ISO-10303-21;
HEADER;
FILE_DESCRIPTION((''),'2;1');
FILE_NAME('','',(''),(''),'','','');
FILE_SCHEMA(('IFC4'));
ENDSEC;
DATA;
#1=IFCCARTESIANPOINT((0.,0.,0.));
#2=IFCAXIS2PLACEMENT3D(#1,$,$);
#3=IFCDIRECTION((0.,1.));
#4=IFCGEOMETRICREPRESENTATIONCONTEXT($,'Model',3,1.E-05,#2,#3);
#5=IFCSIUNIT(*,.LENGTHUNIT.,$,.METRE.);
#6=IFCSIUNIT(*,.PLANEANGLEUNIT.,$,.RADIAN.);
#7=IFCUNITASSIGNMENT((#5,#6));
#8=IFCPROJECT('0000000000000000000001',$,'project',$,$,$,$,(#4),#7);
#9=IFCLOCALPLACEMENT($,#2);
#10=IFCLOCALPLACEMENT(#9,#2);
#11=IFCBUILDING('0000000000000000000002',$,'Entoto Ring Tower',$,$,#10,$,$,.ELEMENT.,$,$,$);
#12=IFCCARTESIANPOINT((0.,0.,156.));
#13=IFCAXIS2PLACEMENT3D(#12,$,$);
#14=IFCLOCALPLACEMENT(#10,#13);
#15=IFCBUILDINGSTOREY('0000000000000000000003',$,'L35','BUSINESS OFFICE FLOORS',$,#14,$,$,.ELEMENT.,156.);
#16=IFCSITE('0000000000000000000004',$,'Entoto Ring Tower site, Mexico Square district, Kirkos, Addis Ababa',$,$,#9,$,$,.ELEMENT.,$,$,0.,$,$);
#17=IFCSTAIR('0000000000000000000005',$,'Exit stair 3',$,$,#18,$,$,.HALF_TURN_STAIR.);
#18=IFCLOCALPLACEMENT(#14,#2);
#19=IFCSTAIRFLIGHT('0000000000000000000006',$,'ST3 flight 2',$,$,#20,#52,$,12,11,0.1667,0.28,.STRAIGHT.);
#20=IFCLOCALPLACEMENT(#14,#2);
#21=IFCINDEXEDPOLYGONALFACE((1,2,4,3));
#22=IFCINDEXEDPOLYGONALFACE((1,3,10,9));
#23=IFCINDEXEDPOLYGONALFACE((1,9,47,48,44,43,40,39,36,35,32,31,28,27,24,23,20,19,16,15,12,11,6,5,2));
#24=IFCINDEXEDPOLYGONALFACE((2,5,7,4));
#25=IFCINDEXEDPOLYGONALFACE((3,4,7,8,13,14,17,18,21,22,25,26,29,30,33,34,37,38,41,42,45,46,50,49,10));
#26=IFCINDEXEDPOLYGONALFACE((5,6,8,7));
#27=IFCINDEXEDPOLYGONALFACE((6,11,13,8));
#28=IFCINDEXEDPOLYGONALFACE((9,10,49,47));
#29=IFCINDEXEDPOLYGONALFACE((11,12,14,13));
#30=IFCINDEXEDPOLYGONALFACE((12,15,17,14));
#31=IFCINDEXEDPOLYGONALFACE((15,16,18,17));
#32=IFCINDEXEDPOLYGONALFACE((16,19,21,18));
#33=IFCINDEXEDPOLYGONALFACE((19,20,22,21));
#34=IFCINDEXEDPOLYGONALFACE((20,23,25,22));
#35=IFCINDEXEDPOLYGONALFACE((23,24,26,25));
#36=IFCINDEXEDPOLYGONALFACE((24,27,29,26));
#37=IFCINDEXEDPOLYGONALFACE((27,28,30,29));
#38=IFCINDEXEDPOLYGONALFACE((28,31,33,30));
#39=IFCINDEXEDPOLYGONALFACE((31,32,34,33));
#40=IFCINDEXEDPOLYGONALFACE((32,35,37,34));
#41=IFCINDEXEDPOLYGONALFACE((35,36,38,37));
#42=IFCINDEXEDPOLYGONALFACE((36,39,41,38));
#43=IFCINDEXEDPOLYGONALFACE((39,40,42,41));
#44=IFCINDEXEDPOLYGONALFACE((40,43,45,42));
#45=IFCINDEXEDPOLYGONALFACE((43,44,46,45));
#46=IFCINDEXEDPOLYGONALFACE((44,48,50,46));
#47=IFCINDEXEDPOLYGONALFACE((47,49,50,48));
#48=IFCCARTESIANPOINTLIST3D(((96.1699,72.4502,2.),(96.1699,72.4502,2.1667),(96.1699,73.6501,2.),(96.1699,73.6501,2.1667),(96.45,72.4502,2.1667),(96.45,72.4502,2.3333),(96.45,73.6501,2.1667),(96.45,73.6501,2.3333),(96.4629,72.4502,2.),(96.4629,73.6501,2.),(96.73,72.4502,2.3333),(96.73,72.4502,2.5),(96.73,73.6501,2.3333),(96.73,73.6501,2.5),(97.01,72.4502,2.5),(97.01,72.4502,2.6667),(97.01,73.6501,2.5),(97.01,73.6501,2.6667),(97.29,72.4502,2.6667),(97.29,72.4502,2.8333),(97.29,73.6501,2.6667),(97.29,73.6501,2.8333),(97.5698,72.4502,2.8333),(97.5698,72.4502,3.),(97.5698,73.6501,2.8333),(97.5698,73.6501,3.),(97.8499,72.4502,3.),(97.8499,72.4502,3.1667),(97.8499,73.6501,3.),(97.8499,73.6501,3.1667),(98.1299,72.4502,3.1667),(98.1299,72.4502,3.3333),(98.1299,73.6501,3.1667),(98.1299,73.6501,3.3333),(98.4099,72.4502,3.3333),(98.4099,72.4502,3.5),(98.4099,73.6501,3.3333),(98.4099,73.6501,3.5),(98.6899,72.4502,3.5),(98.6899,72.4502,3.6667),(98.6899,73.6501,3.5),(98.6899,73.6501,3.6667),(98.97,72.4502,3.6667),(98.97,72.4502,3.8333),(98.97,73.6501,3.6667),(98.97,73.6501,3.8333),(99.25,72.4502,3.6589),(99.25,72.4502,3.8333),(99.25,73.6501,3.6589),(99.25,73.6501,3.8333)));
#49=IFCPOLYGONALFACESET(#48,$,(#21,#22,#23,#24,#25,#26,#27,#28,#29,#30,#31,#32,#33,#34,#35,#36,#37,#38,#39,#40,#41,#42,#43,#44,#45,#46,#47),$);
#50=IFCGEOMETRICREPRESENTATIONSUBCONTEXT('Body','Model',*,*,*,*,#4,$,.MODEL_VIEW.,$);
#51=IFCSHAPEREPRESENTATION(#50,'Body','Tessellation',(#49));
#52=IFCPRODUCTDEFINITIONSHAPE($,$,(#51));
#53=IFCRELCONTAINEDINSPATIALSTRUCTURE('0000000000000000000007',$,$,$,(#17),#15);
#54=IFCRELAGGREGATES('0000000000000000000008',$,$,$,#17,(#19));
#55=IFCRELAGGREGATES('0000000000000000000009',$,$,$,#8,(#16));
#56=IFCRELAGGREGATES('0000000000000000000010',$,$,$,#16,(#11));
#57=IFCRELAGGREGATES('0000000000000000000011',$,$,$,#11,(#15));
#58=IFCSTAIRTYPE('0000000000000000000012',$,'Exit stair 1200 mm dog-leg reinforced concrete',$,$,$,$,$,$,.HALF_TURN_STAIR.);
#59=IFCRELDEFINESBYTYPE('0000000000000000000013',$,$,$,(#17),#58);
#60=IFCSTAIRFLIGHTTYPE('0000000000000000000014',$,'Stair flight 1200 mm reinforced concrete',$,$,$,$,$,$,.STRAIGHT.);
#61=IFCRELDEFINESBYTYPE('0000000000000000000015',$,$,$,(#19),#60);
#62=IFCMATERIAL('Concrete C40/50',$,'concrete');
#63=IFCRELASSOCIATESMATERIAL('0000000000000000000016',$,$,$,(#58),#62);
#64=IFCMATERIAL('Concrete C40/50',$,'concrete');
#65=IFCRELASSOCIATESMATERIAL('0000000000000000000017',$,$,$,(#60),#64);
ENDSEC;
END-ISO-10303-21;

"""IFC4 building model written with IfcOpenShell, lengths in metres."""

from ifc_helpers import new_model, si_unit, direction, frame, origin, place, context, subcontext, project, spatial, polyline, outline, extrude, material, type_object, element, aggregate, save


model = new_model("IFC4")

# Units and contexts
model_context = context("Model", 3, precision=1e-05, world=origin(), true_north=direction((0.0, 1.0)))
body_context = subcontext(model_context, "Body", "Model", "MODEL_VIEW")
ifc_project = project(units=[si_unit("LENGTHUNIT", "METRE"), si_unit("PLANEANGLEUNIT", "RADIAN")], contexts=[model_context])

# Site, building, storey
site_placement = place(None, origin())
site = spatial("IfcSite", under=ifc_project, at=site_placement, Name="Entoto Ring Tower site, Mexico Square district, Kirkos, Addis Ababa", CompositionType="ELEMENT", RefElevation=0.0)
building_placement = place(site_placement, origin())
building = spatial("IfcBuilding", under=site, at=building_placement, Name="Entoto Ring Tower", CompositionType="ELEMENT")
storey_placement = place(building_placement, frame((0.0, 0.0, 156.0)))
storey = spatial("IfcBuildingStorey", under=building, at=storey_placement, Name="L35", Description="BUSINESS OFFICE FLOORS", CompositionType="ELEMENT", Elevation=156.0)

# Stair, stair flight
ifc_material_1 = material(Name="Concrete C40/50", Category="concrete")
stair_type = type_object("IfcStairType", Name="Exit stair 1200 mm dog-leg reinforced concrete", PredefinedType="HALF_TURN_STAIR", material=ifc_material_1)
stair_placement = place(storey_placement, origin())
stair = element("IfcStair", 1, at=stair_placement, inside=storey, type_object=stair_type, Name="Exit stair 3", PredefinedType="HALF_TURN_STAIR")
ifc_material_2 = material(Name="Concrete C40/50", Category="concrete")
stair_flight_type = type_object("IfcStairFlightType", Name="Stair flight 1200 mm reinforced concrete", PredefinedType="STRAIGHT", material=ifc_material_2)
stair_flight_placement = place(storey_placement, frame((96.1699, 73.05, 2.0), z_axis=(0.0, 0.0, 1.0), x_axis=(1.0, 0.0, 0.0)))
stair_flight = element("IfcStairFlight", 2, at=stair_flight_placement, type_object=stair_flight_type, Name="ST3 flight 2", NumberOfRisers=12, NumberOfTreads=11, PredefinedType="STRAIGHT", RiserHeight=0.1667, TreadLength=0.28, context=body_context, shape_type="SweptSolid", body=[
    extrude(outline(polyline([(0.0, 0.0), (0.0, 0.1667), (0.28, 0.1667), (0.28, 0.3333), (0.5601, 0.3333), (0.5601, 0.5), (0.8401, 0.5), (0.8401, 0.6667), (1.1201, 0.6667), (1.1201, 0.8333), (1.3999, 0.8333), (1.3999, 1.0), (1.6799, 1.0), (1.6799, 1.1667), (1.96, 1.1667), (1.96, 1.3333), (2.24, 1.3333), (2.24, 1.5), (2.52, 1.5), (2.52, 1.6667), (2.8, 1.6667), (2.8, 1.8333), (3.0801, 1.8333), (3.0801, 2.0), (3.0801, 1.6589), (0.293, 0.0), (0.0, 0.0)])), frame((0.0, 0.6001, 0.0), z_axis=(0.0, -1.0, 0.0), x_axis=(1.0, 0.0, 0.0)), (0.0, 0.0, 1.0), 1.2),
])
aggregate(stair, [stair_flight])

save(model, "model.ifc")
